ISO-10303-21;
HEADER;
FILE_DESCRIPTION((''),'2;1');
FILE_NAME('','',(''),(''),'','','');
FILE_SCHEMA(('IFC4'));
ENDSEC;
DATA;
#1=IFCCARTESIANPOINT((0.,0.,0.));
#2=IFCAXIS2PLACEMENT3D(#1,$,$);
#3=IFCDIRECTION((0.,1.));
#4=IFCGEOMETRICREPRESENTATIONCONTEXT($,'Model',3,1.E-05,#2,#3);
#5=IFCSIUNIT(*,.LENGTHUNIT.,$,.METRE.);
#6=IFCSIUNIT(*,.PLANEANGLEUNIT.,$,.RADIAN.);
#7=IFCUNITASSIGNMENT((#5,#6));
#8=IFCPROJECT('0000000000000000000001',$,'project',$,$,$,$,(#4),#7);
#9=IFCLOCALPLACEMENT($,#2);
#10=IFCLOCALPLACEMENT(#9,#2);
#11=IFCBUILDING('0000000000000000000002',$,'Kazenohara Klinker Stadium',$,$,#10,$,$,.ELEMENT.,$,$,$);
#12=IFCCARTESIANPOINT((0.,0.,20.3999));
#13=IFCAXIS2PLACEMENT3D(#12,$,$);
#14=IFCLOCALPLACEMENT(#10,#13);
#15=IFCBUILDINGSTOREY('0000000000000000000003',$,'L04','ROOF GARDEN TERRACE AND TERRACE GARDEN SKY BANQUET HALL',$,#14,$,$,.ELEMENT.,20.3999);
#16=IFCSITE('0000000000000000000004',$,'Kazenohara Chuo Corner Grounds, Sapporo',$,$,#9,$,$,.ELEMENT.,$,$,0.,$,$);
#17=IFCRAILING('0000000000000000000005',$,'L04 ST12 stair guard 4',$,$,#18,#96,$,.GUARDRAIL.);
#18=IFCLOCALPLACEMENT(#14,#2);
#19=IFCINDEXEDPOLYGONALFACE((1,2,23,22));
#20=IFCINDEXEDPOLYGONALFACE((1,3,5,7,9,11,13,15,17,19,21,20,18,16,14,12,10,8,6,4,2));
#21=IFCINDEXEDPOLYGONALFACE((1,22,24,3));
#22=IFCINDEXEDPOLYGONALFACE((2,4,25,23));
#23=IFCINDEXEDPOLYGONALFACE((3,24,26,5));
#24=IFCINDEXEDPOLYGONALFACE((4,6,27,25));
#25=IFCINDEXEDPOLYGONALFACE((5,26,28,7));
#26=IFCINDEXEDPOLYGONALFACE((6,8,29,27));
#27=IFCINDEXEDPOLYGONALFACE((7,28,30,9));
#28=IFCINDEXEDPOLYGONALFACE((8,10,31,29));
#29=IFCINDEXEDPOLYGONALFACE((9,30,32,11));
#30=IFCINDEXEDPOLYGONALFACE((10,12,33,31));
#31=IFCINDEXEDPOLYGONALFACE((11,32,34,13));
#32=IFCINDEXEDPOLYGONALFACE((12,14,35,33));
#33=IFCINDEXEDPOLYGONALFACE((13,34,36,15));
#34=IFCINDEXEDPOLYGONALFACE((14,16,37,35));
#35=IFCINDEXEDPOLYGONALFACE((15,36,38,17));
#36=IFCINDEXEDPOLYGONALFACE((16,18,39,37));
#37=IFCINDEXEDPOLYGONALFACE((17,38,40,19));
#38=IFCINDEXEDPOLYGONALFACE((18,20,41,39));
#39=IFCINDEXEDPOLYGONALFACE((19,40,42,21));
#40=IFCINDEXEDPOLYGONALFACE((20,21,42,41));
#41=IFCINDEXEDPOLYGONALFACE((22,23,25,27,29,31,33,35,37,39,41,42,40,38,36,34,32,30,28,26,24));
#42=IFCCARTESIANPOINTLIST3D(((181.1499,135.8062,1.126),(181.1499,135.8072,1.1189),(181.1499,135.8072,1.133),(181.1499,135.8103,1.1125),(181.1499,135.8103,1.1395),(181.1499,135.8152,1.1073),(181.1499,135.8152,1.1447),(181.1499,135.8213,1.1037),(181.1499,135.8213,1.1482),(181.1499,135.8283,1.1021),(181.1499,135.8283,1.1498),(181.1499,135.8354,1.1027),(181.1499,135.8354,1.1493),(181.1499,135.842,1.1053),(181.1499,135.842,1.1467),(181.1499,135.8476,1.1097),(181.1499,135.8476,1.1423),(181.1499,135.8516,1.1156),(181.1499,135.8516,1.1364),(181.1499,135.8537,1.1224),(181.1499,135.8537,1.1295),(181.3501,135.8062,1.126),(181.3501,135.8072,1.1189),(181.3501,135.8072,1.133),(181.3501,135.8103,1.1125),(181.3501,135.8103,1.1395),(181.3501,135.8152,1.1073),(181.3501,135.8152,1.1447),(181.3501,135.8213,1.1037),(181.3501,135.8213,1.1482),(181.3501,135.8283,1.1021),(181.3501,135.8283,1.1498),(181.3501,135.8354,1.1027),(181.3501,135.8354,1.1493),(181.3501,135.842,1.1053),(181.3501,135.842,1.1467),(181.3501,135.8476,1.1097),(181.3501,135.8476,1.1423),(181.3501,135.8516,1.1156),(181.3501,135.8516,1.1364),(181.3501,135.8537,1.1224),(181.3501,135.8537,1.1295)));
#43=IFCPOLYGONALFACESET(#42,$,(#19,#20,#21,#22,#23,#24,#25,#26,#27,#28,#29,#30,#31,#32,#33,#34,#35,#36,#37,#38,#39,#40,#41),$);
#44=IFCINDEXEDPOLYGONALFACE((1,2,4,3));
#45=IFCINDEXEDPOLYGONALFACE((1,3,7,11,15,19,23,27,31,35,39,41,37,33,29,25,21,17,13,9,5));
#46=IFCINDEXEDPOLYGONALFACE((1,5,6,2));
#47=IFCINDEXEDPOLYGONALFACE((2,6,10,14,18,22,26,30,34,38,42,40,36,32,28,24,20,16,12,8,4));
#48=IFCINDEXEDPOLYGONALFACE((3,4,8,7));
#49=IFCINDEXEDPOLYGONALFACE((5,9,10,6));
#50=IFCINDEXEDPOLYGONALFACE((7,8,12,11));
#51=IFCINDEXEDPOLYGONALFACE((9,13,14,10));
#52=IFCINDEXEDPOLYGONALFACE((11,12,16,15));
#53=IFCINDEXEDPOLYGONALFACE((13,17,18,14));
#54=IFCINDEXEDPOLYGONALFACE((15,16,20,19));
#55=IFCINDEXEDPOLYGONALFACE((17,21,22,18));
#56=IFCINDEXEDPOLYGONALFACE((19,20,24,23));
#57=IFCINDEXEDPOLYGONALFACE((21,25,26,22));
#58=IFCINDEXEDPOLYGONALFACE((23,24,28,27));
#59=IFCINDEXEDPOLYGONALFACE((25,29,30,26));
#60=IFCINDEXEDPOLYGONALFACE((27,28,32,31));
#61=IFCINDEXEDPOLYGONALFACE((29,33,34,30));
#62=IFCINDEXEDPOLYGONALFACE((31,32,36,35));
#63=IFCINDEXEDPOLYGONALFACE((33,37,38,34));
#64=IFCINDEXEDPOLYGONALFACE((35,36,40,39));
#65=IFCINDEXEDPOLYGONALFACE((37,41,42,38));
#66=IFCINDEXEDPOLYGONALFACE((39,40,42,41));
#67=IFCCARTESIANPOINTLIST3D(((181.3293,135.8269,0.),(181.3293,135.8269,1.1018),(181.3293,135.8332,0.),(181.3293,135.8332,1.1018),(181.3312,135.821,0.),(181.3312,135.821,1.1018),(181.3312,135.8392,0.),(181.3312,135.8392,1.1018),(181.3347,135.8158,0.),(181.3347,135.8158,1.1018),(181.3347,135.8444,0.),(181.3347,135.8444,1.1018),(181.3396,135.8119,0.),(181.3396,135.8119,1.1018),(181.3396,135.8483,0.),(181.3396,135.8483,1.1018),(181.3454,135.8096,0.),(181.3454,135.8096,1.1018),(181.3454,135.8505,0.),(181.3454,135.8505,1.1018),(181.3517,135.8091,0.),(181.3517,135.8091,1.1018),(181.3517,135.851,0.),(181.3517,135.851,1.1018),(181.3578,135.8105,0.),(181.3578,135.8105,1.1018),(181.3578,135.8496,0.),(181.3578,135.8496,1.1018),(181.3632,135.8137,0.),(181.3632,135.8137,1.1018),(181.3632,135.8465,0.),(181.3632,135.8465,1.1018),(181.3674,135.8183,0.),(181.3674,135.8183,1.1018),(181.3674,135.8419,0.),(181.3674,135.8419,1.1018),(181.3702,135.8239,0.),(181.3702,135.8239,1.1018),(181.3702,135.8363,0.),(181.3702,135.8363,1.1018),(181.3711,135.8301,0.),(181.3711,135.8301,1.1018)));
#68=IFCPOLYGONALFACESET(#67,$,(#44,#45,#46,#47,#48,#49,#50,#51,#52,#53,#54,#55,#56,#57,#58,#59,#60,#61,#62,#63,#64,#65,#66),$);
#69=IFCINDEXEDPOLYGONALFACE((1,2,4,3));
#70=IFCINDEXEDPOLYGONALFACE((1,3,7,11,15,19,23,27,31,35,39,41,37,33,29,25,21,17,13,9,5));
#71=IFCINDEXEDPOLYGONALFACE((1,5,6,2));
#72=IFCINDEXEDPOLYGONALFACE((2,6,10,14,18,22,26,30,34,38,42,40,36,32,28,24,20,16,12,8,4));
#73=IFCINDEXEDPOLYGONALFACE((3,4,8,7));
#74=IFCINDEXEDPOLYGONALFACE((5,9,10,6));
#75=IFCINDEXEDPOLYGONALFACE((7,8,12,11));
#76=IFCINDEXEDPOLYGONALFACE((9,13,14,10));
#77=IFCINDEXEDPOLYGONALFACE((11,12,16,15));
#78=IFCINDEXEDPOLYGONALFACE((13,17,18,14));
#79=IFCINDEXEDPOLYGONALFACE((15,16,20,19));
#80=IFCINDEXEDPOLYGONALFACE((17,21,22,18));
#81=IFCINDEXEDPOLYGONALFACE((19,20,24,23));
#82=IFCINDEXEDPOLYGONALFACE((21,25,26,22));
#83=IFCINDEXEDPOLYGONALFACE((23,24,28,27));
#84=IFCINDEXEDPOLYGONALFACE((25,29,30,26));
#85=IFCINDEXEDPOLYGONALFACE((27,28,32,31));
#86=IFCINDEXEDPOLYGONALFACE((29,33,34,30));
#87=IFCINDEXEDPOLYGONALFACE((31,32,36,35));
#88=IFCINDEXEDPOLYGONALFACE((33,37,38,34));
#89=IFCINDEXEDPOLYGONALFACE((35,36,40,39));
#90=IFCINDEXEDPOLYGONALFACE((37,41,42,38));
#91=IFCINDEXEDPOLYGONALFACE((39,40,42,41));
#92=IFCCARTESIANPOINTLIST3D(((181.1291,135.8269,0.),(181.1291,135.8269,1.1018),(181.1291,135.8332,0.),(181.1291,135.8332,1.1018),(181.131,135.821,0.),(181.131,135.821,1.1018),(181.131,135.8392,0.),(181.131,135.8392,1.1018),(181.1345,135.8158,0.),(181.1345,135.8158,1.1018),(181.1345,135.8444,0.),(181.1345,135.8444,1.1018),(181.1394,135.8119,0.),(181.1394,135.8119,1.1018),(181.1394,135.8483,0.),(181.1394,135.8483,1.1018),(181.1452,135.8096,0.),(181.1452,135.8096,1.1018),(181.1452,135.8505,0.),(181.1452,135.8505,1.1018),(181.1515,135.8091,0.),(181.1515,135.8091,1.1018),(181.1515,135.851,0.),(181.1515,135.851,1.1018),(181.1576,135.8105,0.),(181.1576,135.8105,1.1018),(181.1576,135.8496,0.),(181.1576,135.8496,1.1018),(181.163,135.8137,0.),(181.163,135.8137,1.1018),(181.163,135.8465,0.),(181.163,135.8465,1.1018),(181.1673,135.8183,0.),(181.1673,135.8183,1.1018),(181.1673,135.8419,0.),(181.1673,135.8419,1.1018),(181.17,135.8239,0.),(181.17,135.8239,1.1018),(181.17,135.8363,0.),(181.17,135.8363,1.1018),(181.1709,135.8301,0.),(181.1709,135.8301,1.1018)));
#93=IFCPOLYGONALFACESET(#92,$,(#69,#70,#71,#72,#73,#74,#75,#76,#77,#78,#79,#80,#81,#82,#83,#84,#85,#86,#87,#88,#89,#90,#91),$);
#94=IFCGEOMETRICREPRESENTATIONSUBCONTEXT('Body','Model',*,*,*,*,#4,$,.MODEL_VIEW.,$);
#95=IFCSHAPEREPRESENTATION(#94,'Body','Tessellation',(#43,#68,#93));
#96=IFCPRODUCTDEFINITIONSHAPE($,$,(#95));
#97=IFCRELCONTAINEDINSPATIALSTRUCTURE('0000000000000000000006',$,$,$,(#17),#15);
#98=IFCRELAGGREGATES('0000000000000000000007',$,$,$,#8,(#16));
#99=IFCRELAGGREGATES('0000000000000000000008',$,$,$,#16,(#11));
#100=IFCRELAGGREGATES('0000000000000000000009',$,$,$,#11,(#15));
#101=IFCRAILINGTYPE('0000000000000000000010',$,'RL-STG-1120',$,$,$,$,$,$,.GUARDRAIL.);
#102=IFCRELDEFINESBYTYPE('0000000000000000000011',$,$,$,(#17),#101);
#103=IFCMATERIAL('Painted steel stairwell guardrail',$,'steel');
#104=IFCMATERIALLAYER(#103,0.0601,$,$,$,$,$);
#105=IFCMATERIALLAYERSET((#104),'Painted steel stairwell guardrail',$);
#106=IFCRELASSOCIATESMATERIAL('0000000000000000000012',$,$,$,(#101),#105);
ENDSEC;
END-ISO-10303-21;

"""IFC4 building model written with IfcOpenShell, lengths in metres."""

from ifc_helpers import new_model, si_unit, direction, frame, origin, origin_2d, place, context, subcontext, project, spatial, circle, extrude, material, layer, layer_set, type_object, element, save


model = new_model("IFC4")

# Units and contexts
model_context = context("Model", 3, precision=1e-05, world=origin(), true_north=direction((0.0, 1.0)))
body_context = subcontext(model_context, "Body", "Model", "MODEL_VIEW")
ifc_project = project(units=[si_unit("LENGTHUNIT", "METRE"), si_unit("PLANEANGLEUNIT", "RADIAN")], contexts=[model_context])

# Site, building, storey
site_placement = place(None, origin())
site = spatial("IfcSite", under=ifc_project, at=site_placement, Name="Kazenohara Chuo Corner Grounds, Sapporo", CompositionType="ELEMENT", RefElevation=0.0)
building_placement = place(site_placement, origin())
building = spatial("IfcBuilding", under=site, at=building_placement, Name="Kazenohara Klinker Stadium", CompositionType="ELEMENT")
storey_placement = place(building_placement, frame((0.0, 0.0, 20.3999)))
storey = spatial("IfcBuildingStorey", under=building, at=storey_placement, Name="L04", Description="ROOF GARDEN TERRACE AND TERRACE GARDEN SKY BANQUET HALL", CompositionType="ELEMENT", Elevation=20.3999)

# Railing
ifc_material_1 = material(Name="Painted steel stairwell guardrail", Category="steel")
ifc_layer_1 = layer(ifc_material_1, 0.0601)
ifc_layer_set_1 = layer_set([ifc_layer_1], Name="Painted steel stairwell guardrail")
railing_type_1 = type_object("IfcRailingType", Name="RL-STG-1120", PredefinedType="GUARDRAIL", material=ifc_layer_set_1)
railing_1_placement = place(storey_placement, frame((181.3501, 135.8301, 0.0)))
element("IfcRailing", 1, at=railing_1_placement, inside=storey, type_object=railing_type_1, Name="L04 ST12 stair guard 4", PredefinedType="GUARDRAIL", context=body_context, shape_type="SweptSolid", body=[
    extrude(circle(Radius=0.0239, at=origin_2d()), frame((0.0, 0.0, 1.126), z_axis=(-1.0, 0.0, 0.0), x_axis=(0.0, -1.0, 0.0)), (0.0, 0.0, 1.0), 0.2002),
    extrude(circle(Radius=0.021, at=origin_2d()), origin(), (0.0, 0.0, 1.0), 1.1018),
    extrude(circle(Radius=0.021, at=origin_2d()), frame((-0.2002, 0.0, 0.0)), (0.0, 0.0, 1.0), 1.1018),
])

save(model, "model.ifc")
